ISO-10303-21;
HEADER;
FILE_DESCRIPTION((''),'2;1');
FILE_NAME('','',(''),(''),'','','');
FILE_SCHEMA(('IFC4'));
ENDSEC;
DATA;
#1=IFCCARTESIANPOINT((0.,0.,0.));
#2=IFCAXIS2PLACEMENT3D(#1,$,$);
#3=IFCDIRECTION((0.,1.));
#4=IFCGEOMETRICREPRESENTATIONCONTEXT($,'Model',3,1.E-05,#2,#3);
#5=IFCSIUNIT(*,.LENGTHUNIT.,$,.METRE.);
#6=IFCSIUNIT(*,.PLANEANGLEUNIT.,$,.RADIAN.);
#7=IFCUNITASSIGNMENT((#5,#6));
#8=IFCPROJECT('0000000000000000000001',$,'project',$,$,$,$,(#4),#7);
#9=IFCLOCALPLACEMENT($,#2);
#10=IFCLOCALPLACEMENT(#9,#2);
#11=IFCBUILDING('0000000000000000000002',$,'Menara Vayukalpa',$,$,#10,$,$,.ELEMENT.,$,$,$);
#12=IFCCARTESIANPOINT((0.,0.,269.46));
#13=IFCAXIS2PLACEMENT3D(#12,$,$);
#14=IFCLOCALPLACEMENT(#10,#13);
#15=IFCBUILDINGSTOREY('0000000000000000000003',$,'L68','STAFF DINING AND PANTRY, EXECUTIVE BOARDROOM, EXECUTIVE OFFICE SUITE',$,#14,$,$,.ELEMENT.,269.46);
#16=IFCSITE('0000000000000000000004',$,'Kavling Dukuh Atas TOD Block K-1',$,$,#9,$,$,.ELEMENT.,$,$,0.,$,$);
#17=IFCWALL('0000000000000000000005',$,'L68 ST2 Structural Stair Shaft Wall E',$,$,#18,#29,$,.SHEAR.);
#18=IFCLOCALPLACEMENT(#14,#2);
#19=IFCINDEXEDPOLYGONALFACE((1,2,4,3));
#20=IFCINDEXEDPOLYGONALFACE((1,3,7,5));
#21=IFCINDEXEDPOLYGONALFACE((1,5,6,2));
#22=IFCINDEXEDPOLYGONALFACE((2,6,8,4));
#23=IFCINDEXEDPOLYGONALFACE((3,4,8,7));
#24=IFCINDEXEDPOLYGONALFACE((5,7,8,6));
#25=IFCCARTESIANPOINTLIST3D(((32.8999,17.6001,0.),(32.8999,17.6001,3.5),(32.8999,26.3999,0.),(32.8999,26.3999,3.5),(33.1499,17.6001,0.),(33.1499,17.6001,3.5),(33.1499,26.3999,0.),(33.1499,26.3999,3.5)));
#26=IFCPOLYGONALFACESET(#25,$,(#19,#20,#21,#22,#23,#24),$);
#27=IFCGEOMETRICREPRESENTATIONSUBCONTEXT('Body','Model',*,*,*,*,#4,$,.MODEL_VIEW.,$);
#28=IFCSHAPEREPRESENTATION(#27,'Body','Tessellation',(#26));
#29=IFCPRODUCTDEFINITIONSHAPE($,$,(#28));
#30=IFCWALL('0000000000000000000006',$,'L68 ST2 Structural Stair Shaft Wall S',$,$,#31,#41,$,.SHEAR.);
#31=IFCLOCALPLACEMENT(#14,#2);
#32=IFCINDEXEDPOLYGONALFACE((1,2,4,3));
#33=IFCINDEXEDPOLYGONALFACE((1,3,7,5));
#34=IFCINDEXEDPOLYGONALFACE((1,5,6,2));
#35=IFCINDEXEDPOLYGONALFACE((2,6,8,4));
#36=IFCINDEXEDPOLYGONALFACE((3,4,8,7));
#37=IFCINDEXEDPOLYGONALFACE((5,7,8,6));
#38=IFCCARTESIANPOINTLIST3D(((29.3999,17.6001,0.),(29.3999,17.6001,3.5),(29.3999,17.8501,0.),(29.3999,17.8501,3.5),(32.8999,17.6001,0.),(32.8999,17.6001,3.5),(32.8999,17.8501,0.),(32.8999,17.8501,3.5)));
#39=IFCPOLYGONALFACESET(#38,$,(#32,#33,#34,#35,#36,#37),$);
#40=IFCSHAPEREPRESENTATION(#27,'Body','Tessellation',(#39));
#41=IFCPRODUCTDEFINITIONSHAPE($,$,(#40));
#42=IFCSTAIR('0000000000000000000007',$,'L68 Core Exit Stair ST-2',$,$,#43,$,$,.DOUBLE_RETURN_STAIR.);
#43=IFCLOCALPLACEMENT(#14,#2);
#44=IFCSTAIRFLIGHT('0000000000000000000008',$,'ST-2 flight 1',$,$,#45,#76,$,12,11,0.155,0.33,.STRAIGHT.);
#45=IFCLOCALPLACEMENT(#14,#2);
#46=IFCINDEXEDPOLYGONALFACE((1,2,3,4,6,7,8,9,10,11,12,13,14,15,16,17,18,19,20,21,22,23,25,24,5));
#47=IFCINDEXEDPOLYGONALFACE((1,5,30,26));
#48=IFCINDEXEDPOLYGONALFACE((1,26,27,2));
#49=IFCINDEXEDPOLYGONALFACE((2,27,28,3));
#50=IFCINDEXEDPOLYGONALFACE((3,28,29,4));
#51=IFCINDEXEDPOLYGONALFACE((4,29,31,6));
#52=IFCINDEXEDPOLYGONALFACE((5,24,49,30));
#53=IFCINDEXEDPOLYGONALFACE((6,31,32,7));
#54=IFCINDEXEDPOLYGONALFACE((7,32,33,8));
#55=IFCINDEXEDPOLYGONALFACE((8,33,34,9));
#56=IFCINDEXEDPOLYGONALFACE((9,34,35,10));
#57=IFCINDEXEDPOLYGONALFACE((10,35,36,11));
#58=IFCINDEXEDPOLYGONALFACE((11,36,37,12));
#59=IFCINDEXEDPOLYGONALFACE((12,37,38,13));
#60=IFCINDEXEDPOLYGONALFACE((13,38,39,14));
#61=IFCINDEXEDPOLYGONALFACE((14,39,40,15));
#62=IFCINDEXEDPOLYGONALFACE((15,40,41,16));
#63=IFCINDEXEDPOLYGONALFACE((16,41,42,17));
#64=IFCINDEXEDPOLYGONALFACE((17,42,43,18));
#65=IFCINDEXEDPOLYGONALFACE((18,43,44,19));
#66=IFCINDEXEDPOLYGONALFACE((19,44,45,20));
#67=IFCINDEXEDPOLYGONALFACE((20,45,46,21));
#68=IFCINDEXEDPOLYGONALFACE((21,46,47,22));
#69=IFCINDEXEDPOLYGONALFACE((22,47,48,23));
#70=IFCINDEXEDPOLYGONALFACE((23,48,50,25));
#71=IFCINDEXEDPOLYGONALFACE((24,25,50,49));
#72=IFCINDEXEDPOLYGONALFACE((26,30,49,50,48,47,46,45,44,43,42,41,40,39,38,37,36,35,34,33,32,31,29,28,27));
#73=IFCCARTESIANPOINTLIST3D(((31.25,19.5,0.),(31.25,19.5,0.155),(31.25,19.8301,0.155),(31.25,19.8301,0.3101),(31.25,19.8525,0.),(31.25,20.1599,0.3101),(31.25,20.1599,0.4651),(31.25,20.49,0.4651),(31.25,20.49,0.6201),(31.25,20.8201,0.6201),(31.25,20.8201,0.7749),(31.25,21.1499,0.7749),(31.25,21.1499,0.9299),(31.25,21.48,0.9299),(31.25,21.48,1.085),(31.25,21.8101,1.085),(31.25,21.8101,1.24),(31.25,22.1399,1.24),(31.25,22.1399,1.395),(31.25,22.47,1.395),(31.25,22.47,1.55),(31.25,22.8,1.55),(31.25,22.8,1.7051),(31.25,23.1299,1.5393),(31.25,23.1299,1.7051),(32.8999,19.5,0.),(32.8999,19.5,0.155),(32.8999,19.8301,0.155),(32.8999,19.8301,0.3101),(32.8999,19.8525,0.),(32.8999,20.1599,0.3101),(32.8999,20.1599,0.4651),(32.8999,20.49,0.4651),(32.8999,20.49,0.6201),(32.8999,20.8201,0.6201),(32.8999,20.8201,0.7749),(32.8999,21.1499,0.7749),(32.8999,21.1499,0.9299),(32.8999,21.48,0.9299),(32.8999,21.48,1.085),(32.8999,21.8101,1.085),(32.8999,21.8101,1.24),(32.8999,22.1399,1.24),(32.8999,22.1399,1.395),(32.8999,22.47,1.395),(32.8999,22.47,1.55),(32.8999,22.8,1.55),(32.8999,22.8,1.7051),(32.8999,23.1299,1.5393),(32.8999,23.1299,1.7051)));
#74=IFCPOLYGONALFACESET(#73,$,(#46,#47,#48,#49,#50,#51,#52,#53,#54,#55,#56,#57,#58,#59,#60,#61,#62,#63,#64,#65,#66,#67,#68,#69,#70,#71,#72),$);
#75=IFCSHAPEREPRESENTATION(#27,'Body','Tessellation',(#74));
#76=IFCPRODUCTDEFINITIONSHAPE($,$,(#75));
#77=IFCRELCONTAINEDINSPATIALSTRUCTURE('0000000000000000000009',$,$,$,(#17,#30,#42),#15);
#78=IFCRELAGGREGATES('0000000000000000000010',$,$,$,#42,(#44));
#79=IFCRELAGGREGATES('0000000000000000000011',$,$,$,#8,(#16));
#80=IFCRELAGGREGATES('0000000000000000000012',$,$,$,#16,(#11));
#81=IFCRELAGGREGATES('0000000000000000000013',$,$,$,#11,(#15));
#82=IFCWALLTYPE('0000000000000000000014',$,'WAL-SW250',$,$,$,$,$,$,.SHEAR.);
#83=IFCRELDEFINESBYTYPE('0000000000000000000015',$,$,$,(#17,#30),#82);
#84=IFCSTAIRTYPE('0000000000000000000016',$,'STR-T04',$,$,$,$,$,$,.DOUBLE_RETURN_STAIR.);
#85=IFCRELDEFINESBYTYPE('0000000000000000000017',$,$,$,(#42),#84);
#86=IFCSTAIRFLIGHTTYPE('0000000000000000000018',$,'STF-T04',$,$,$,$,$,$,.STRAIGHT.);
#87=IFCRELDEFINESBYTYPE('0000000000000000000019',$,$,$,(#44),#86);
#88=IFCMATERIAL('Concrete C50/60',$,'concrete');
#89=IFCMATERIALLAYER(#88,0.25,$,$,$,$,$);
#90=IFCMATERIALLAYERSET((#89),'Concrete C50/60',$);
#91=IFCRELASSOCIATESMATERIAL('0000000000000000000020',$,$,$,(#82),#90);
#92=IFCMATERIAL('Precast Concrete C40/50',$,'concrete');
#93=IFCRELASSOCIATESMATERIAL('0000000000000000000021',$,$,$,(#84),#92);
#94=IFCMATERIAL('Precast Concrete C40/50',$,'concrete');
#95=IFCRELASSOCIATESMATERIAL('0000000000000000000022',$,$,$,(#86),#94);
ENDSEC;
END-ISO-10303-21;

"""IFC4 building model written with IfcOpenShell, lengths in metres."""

from ifc_helpers import new_model, si_unit, direction, frame, frame_2d, origin, place, context, subcontext, project, spatial, polyline, rectangle, outline, extrude, material, layer, layer_set, type_object, element, aggregate, save


model = new_model("IFC4")

# Units and contexts
model_context = context("Model", 3, precision=1e-05, world=origin(), true_north=direction((0.0, 1.0)))
body_context = subcontext(model_context, "Body", "Model", "MODEL_VIEW")
ifc_project = project(units=[si_unit("LENGTHUNIT", "METRE"), si_unit("PLANEANGLEUNIT", "RADIAN")], contexts=[model_context])

# Site, building, storey
site_placement = place(None, origin())
site = spatial("IfcSite", under=ifc_project, at=site_placement, Name="Kavling Dukuh Atas TOD Block K-1", CompositionType="ELEMENT", RefElevation=0.0)
building_placement = place(site_placement, origin())
building = spatial("IfcBuilding", under=site, at=building_placement, Name="Menara Vayukalpa", CompositionType="ELEMENT")
storey_placement = place(building_placement, frame((0.0, 0.0, 269.46)))
storey = spatial("IfcBuildingStorey", under=building, at=storey_placement, Name="L68", Description="STAFF DINING AND PANTRY, EXECUTIVE BOARDROOM, EXECUTIVE OFFICE SUITE", CompositionType="ELEMENT", Elevation=269.46)

# Walls
ifc_material_1 = material(Name="Concrete C50/60", Category="concrete")
ifc_layer_1 = layer(ifc_material_1, 0.25)
ifc_layer_set_1 = layer_set([ifc_layer_1], Name="Concrete C50/60")
wall_type_1 = type_object("IfcWallType", Name="WAL-SW250", PredefinedType="SHEAR", material=ifc_layer_set_1)
wall_1_placement = place(storey_placement, frame((33.0249, 17.6001, 0.0), z_axis=(0.0, 0.0, 1.0), x_axis=(0.0, 1.0, 0.0)))
element("IfcWall", 1, at=wall_1_placement, inside=storey, type_object=wall_type_1, Name="L68 ST2 Structural Stair Shaft Wall E", PredefinedType="SHEAR", context=body_context, shape_type="SweptSolid", body=[
    extrude(rectangle(XDim=8.7998, YDim=0.25, at=frame_2d((4.3999, 0.0))), origin(), (0.0, 0.0, 1.0), 3.5),
])
wall_2_placement = place(storey_placement, frame((29.3999, 17.7251, 0.0), z_axis=(0.0, 0.0, 1.0), x_axis=(1.0, 0.0, 0.0)))
element("IfcWall", 2, at=wall_2_placement, inside=storey, type_object=wall_type_1, Name="L68 ST2 Structural Stair Shaft Wall S", PredefinedType="SHEAR", context=body_context, shape_type="SweptSolid", body=[
    extrude(rectangle(XDim=3.5, YDim=0.25, at=frame_2d((1.75, 0.0))), origin(), (0.0, 0.0, 1.0), 3.5),
])

# Stair, stair flight
ifc_material_2 = material(Name="Precast Concrete C40/50", Category="concrete")
stair_type = type_object("IfcStairType", Name="STR-T04", PredefinedType="DOUBLE_RETURN_STAIR", material=ifc_material_2)
stair_placement = place(storey_placement, origin())
stair = element("IfcStair", 3, at=stair_placement, inside=storey, type_object=stair_type, Name="L68 Core Exit Stair ST-2", PredefinedType="DOUBLE_RETURN_STAIR")
ifc_material_3 = material(Name="Precast Concrete C40/50", Category="concrete")
stair_flight_type = type_object("IfcStairFlightType", Name="STF-T04", PredefinedType="STRAIGHT", material=ifc_material_3)
stair_flight_placement = place(storey_placement, frame((32.075, 19.5, 0.0), z_axis=(0.0, 0.0, 1.0), x_axis=(0.0, 1.0, 0.0)))
stair_flight = element("IfcStairFlight", 4, at=stair_flight_placement, type_object=stair_flight_type, Name="ST-2 flight 1", NumberOfRisers=12, NumberOfTreads=11, PredefinedType="STRAIGHT", RiserHeight=0.155, TreadLength=0.33, context=body_context, shape_type="SweptSolid", body=[
    extrude(outline(polyline([(0.0, 0.0), (0.0, 0.155), (0.3301, 0.155), (0.3301, 0.3101), (0.6599, 0.3101), (0.6599, 0.4651), (0.99, 0.4651), (0.99, 0.6201), (1.3201, 0.6201), (1.3201, 0.7749), (1.6499, 0.7749), (1.6499, 0.9299), (1.98, 0.9299), (1.98, 1.085), (2.3101, 1.085), (2.3101, 1.24), (2.6399, 1.24), (2.6399, 1.395), (2.97, 1.395), (2.97, 1.55), (3.3, 1.55), (3.3, 1.7051), (3.6299, 1.7051), (3.6299, 1.8601), (3.6299, 1.5393), (0.3525, 0.0), (0.0, 0.0)])), frame((0.0, 0.825, 0.0), z_axis=(0.0, -1.0, 0.0), x_axis=(1.0, 0.0, 0.0)), (0.0, 0.0, 1.0), 1.6499),
])
aggregate(stair, [stair_flight])

save(model, "model.ifc")
